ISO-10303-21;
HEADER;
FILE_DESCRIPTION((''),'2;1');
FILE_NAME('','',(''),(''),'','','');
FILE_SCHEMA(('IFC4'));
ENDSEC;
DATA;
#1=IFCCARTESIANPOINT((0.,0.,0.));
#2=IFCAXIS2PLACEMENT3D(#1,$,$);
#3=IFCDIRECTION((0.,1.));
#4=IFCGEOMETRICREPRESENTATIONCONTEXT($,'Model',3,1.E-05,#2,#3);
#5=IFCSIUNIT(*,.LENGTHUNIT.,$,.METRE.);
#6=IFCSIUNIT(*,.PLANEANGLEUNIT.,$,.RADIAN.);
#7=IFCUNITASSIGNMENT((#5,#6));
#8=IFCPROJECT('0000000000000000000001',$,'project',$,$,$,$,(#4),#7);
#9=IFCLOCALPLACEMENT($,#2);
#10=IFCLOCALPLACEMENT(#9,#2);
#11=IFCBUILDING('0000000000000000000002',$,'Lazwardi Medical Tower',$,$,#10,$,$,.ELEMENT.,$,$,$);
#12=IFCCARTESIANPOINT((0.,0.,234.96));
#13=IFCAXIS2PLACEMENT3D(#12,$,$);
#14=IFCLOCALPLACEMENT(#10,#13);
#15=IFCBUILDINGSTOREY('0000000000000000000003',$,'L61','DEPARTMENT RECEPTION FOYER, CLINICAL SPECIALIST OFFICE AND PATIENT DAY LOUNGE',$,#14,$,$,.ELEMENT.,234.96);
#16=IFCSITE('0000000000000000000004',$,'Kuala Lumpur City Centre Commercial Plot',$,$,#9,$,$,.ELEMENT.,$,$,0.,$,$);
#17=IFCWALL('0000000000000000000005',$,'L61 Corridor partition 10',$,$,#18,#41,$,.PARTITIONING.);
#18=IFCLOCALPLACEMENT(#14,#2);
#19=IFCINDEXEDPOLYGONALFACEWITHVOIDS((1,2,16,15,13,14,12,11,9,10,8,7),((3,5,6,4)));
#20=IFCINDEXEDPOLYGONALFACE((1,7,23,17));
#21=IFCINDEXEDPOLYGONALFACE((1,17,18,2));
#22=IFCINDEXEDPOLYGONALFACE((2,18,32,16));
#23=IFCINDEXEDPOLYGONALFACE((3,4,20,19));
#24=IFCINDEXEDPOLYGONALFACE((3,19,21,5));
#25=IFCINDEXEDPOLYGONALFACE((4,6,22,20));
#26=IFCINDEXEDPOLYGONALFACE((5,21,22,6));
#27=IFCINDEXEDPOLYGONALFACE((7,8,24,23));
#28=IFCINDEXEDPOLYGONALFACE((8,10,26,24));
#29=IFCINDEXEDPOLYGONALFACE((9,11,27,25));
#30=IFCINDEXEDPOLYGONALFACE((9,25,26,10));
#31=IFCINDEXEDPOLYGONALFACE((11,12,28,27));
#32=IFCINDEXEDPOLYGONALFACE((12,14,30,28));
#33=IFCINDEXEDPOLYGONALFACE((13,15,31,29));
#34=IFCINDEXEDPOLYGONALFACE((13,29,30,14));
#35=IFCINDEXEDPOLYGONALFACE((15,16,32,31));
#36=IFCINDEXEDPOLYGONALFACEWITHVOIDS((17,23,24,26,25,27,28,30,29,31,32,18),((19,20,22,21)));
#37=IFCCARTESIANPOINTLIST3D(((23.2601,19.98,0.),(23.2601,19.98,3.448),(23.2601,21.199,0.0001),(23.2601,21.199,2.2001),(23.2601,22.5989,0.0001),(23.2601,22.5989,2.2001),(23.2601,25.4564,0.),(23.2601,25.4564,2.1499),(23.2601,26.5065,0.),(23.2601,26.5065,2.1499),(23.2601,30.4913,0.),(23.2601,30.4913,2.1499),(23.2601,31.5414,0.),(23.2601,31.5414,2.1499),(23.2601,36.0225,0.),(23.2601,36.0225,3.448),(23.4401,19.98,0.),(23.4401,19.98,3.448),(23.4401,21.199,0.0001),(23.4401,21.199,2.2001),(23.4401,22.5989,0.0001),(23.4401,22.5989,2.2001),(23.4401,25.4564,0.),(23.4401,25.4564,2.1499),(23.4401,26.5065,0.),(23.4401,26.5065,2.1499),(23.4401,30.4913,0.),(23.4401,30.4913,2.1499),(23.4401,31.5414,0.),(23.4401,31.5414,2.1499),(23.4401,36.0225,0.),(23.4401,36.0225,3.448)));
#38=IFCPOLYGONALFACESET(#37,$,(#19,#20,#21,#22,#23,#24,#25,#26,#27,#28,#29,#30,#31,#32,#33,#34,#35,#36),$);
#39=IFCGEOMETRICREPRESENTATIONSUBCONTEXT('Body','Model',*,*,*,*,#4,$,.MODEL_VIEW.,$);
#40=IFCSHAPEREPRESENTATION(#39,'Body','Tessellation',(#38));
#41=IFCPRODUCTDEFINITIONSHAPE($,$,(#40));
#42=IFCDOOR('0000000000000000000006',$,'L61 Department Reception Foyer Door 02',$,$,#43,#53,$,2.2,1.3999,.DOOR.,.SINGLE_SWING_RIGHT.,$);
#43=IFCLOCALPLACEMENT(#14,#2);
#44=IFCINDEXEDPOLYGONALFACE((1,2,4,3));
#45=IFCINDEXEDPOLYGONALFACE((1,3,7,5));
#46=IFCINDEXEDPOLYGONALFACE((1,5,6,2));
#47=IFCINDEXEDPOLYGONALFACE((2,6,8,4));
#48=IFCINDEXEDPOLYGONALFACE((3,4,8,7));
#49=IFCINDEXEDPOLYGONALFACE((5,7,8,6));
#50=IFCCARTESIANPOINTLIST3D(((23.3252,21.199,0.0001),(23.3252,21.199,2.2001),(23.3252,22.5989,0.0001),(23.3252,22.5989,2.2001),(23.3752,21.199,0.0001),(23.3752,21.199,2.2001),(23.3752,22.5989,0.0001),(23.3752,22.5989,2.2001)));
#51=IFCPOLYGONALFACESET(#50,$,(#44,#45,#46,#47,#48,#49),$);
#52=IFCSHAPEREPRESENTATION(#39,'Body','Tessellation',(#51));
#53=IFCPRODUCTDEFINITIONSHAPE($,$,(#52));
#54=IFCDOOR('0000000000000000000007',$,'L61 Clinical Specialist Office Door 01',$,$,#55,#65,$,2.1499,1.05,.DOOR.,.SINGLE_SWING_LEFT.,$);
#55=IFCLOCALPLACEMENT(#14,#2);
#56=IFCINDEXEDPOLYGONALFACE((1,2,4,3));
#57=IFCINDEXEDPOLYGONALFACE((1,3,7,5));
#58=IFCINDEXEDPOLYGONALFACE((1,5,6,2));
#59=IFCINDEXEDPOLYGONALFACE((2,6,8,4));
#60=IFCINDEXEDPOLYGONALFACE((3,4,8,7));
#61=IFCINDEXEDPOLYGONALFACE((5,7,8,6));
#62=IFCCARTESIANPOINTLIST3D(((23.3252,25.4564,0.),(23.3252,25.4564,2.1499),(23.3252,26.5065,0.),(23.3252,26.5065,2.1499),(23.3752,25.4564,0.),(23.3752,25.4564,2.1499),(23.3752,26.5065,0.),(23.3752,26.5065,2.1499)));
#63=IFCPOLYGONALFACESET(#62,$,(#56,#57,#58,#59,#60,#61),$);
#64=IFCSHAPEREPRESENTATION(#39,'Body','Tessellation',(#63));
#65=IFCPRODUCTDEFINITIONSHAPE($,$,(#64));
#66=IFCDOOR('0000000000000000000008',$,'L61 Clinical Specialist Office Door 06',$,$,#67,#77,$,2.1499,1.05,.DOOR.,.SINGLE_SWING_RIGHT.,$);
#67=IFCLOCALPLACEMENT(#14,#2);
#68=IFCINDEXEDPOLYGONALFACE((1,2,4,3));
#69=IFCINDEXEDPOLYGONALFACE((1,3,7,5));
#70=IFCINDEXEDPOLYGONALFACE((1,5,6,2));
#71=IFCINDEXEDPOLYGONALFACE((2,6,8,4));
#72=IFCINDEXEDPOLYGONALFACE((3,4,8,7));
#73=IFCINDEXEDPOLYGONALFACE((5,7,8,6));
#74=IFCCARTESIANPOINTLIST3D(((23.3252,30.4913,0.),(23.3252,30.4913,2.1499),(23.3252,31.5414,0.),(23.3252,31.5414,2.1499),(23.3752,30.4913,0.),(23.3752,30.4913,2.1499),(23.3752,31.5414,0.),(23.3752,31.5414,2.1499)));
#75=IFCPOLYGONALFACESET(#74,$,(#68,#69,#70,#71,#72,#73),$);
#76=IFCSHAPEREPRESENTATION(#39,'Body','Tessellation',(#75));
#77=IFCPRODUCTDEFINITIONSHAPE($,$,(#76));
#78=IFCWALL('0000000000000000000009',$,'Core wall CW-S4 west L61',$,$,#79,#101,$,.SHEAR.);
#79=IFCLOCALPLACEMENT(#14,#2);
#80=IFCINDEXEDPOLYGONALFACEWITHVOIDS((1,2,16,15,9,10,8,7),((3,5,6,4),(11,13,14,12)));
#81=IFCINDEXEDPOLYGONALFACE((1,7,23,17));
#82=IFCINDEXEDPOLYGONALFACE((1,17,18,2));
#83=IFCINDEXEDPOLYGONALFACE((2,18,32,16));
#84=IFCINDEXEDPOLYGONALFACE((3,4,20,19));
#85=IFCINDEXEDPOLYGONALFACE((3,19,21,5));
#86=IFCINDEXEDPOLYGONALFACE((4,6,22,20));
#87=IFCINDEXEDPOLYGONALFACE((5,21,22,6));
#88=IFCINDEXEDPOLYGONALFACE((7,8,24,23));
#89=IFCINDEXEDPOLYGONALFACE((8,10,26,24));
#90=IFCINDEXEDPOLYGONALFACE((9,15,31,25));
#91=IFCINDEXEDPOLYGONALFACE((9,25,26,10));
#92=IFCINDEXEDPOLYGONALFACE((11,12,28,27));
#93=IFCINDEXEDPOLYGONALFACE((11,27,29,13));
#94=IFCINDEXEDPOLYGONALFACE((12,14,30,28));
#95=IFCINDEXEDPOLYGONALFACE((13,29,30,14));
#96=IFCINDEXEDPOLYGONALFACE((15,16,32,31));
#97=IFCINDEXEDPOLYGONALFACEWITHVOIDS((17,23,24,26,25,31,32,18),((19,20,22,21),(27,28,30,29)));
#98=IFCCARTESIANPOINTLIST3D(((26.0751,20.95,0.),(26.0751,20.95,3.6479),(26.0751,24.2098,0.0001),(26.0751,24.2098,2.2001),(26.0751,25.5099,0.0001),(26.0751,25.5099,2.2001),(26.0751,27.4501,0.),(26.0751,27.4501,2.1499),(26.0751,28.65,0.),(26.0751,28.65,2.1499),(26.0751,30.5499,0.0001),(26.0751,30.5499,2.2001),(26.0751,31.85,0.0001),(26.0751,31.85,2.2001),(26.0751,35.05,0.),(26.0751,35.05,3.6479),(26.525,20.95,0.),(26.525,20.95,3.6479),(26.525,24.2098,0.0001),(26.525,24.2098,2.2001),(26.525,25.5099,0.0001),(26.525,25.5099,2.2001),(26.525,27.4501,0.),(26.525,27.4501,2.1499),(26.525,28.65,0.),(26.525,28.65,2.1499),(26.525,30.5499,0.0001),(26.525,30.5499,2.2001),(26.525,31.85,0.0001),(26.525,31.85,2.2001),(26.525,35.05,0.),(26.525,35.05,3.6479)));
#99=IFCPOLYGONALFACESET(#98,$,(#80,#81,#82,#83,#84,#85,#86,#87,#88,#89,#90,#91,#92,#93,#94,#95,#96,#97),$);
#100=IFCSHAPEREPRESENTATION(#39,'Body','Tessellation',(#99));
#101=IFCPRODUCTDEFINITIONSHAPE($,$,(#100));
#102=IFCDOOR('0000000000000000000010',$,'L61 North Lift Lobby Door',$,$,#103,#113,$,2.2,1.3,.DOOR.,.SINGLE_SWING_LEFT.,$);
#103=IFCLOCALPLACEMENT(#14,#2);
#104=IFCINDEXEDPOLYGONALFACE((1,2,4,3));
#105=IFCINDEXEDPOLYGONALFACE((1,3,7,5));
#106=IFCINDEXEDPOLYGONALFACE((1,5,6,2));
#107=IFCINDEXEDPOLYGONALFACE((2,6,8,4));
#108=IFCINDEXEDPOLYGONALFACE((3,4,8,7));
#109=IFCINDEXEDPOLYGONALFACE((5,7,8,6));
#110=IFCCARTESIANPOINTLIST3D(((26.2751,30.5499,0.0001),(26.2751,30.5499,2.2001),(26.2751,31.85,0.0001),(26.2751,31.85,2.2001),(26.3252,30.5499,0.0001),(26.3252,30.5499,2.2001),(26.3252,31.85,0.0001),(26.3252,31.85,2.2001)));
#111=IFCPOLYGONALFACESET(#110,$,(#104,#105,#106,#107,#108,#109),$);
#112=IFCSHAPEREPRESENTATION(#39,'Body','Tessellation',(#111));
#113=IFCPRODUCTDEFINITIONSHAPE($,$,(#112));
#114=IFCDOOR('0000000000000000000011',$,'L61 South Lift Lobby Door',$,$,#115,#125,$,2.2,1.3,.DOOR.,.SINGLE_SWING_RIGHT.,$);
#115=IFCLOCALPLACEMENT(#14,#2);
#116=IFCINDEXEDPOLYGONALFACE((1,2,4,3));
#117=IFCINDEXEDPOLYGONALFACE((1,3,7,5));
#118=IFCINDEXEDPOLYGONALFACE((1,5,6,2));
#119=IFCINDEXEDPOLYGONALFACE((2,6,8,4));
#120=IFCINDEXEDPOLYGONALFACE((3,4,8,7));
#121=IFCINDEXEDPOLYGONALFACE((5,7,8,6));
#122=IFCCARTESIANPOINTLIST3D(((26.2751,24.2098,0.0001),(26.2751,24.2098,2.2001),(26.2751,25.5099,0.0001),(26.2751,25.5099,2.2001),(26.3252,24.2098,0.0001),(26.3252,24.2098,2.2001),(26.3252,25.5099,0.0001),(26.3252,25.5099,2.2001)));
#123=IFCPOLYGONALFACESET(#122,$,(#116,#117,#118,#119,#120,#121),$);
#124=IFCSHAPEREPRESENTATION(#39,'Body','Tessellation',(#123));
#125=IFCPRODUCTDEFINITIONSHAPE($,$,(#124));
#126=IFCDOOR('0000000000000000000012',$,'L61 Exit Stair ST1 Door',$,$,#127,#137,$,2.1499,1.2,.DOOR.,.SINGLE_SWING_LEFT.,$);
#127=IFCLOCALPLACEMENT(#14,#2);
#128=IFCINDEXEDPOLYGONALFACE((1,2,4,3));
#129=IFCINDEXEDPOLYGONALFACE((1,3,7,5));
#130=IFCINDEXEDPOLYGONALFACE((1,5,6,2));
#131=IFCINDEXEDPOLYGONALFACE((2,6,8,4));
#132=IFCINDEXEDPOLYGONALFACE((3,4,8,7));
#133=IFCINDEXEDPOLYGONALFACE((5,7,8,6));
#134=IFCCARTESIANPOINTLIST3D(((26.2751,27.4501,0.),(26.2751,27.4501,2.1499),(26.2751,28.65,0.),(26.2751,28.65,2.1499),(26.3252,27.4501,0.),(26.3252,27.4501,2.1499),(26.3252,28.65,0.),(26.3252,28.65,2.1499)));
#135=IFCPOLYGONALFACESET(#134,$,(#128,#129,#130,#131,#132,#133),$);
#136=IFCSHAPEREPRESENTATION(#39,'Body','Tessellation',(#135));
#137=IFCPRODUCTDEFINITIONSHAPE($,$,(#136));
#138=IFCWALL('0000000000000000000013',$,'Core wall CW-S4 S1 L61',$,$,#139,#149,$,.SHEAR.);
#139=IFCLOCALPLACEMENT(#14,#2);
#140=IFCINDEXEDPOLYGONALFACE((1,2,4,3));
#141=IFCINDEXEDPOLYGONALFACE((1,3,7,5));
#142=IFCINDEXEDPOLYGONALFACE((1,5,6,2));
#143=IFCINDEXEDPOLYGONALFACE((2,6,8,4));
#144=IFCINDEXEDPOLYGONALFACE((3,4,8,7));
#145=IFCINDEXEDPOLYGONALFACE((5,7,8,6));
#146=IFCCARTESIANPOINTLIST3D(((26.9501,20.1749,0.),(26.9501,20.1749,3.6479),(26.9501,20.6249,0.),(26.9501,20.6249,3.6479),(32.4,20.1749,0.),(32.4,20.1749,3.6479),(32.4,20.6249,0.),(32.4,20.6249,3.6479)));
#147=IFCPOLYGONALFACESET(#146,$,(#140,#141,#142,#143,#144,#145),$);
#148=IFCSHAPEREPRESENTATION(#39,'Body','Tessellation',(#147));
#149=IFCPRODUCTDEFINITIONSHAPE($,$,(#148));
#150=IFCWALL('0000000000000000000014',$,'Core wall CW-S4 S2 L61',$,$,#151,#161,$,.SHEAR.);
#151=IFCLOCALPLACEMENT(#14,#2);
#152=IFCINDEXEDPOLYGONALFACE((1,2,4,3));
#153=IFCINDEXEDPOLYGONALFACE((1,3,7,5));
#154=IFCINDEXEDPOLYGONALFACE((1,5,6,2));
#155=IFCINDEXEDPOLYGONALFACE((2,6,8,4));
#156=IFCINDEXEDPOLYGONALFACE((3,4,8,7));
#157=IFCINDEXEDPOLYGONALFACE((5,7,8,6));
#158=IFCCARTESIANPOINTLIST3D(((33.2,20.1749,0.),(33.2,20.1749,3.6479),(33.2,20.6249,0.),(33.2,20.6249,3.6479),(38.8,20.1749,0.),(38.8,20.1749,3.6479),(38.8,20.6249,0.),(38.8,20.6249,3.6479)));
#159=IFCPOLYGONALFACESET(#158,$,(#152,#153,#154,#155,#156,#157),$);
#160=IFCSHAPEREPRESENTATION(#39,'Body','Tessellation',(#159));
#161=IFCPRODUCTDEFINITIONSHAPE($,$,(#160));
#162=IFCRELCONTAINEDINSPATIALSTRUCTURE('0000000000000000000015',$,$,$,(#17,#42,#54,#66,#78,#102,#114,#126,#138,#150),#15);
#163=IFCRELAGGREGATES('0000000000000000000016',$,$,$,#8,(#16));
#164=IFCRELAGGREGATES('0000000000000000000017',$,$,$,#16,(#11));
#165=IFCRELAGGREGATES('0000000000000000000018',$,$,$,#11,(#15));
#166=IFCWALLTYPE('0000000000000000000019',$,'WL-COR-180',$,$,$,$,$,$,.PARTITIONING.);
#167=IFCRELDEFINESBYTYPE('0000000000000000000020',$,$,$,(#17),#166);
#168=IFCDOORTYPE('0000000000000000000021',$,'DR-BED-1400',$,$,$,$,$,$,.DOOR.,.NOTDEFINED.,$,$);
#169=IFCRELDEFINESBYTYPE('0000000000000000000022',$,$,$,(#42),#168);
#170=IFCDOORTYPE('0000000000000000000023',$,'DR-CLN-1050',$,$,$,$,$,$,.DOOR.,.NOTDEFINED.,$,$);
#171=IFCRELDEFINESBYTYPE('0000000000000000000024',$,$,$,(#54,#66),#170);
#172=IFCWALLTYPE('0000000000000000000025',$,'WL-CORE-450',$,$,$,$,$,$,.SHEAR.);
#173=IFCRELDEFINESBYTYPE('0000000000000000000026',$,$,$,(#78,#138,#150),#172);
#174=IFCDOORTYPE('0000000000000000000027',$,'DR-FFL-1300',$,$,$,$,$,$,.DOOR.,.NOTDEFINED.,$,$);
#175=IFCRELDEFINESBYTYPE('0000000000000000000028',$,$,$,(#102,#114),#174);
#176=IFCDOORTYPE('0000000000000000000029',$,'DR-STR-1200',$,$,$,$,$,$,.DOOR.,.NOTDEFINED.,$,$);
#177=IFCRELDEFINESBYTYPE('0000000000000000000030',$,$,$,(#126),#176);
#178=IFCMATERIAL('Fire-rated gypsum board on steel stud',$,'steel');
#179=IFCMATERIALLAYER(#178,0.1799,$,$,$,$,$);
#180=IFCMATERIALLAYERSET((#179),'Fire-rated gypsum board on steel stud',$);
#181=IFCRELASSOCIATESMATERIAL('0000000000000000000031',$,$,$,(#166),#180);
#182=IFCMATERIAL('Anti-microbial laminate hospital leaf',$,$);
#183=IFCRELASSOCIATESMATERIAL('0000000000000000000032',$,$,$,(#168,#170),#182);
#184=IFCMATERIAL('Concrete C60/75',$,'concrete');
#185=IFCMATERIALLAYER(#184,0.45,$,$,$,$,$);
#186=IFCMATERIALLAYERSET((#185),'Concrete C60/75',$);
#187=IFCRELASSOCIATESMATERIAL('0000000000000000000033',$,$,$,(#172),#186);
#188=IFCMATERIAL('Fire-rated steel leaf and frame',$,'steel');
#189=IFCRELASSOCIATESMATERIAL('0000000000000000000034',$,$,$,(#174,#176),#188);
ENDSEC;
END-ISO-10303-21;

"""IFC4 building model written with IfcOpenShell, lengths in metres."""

from ifc_helpers import new_model, si_unit, direction, frame, frame_2d, origin, place, context, subcontext, project, spatial, rectangle, extrude, material, layer, layer_set, type_object, element, fill, save


model = new_model("IFC4")

# Units and contexts
model_context = context("Model", 3, precision=1e-05, world=origin(), true_north=direction((0.0, 1.0)))
body_context = subcontext(model_context, "Body", "Model", "MODEL_VIEW")
ifc_project = project(units=[si_unit("LENGTHUNIT", "METRE"), si_unit("PLANEANGLEUNIT", "RADIAN")], contexts=[model_context])

# Site, building, storey
site_placement = place(None, origin())
site = spatial("IfcSite", under=ifc_project, at=site_placement, Name="Kuala Lumpur City Centre Commercial Plot", CompositionType="ELEMENT", RefElevation=0.0)
building_placement = place(site_placement, origin())
building = spatial("IfcBuilding", under=site, at=building_placement, Name="Lazwardi Medical Tower", CompositionType="ELEMENT")
storey_placement = place(building_placement, frame((0.0, 0.0, 234.96)))
storey = spatial("IfcBuildingStorey", under=building, at=storey_placement, Name="L61", Description="DEPARTMENT RECEPTION FOYER, CLINICAL SPECIALIST OFFICE AND PATIENT DAY LOUNGE", CompositionType="ELEMENT", Elevation=234.96)

# Shared definitions
ifc_material_1 = material(Name="Concrete C60/75", Category="concrete")

# Shared definitions
ifc_material_2 = material(Name="Fire-rated gypsum board on steel stud", Category="steel")
ifc_layer_1 = layer(ifc_material_2, 0.1799)
ifc_layer_set_1 = layer_set([ifc_layer_1], Name="Fire-rated gypsum board on steel stud")
wall_type_1 = type_object("IfcWallType", Name="WL-COR-180", PredefinedType="PARTITIONING", material=ifc_layer_set_1)

# Walls, openings, doors
wall_1_placement = place(storey_placement, frame((23.3501, 19.98, 0.0), z_axis=(0.0, 0.0, 1.0), x_axis=(0.0, 1.0, 0.0)))
wall_1 = element("IfcWall", 1, at=wall_1_placement, inside=storey, type_object=wall_type_1, Name="L61 Corridor partition 10", PredefinedType="PARTITIONING", context=body_context, shape_type="SweptSolid", body=[
    extrude(rectangle(XDim=16.0425, YDim=0.1799, at=frame_2d((8.0212, 0.0))), origin(), (0.0, 0.0, 1.0), 3.448),
])
opening_1_placement = place(wall_1_placement, frame((5.4766, 0.0, 0.0)))
opening_1 = element("IfcOpeningElement", 2, at=opening_1_placement, cuts=wall_1, PredefinedType="OPENING", context=body_context, shape_type="SweptSolid", body=[
    extrude(rectangle(XDim=1.05, YDim=2.1499, at=frame_2d((0.5249, 1.075))), frame((0.0, 0.0999, 0.0), z_axis=(0.0, -1.0, 0.0), x_axis=(1.0, 0.0, 0.0)), (0.0, 0.0, 1.0), 0.2),
])
opening_2_placement = place(wall_1_placement, frame((1.219, 0.0, 0.0)))
opening_2 = element("IfcOpeningElement", 3, at=opening_2_placement, cuts=wall_1, PredefinedType="OPENING", context=body_context, shape_type="SweptSolid", body=[
    extrude(rectangle(XDim=1.3999, YDim=2.2, at=frame_2d((0.7, 1.1001))), frame((0.0, 0.0999, 0.0), z_axis=(0.0, -1.0, 0.0), x_axis=(1.0, 0.0, 0.0)), (0.0, 0.0, 1.0), 0.2),
])
opening_3_placement = place(wall_1_placement, frame((10.5115, 0.0, 0.0)))
opening_3 = element("IfcOpeningElement", 4, at=opening_3_placement, cuts=wall_1, PredefinedType="OPENING", context=body_context, shape_type="SweptSolid", body=[
    extrude(rectangle(XDim=1.05, YDim=2.1499, at=frame_2d((0.5249, 1.075))), frame((0.0, 0.0999, 0.0), z_axis=(0.0, -1.0, 0.0), x_axis=(1.0, 0.0, 0.0)), (0.0, 0.0, 1.0), 0.2),
])
ifc_material_3 = material(Name="Anti-microbial laminate hospital leaf")
door_type_1 = type_object("IfcDoorType", Name="DR-BED-1400", OperationType="NOTDEFINED", PredefinedType="DOOR", material=ifc_material_3)
door_1_placement = place(opening_2_placement, origin())
door_1 = element("IfcDoor", 5, at=door_1_placement, inside=storey, type_object=door_type_1, Name="L61 Department Reception Foyer Door 02", OperationType="SINGLE_SWING_RIGHT", OverallHeight=2.2, OverallWidth=1.3999, PredefinedType="DOOR", context=body_context, shape_type="SweptSolid", body=[
    extrude(rectangle(XDim=1.3999, YDim=2.2, at=frame_2d((0.7, 1.1001))), frame((0.0, 0.0249, 0.0), z_axis=(0.0, -1.0, 0.0), x_axis=(1.0, 0.0, 0.0)), (0.0, 0.0, 1.0), 0.05),
])
fill(opening_2, door_1)
door_type_2 = type_object("IfcDoorType", Name="DR-CLN-1050", OperationType="NOTDEFINED", PredefinedType="DOOR", material=ifc_material_3)
door_2_placement = place(opening_1_placement, origin())
door_2 = element("IfcDoor", 6, at=door_2_placement, inside=storey, type_object=door_type_2, Name="L61 Clinical Specialist Office Door 01", OperationType="SINGLE_SWING_LEFT", OverallHeight=2.1499, OverallWidth=1.05, PredefinedType="DOOR", context=body_context, shape_type="SweptSolid", body=[
    extrude(rectangle(XDim=1.05, YDim=2.1499, at=frame_2d((0.5249, 1.075))), frame((0.0, 0.0249, 0.0), z_axis=(0.0, -1.0, 0.0), x_axis=(1.0, 0.0, 0.0)), (0.0, 0.0, 1.0), 0.05),
])
fill(opening_1, door_2)
door_3_placement = place(opening_3_placement, origin())
door_3 = element("IfcDoor", 7, at=door_3_placement, inside=storey, type_object=door_type_2, Name="L61 Clinical Specialist Office Door 06", OperationType="SINGLE_SWING_RIGHT", OverallHeight=2.1499, OverallWidth=1.05, PredefinedType="DOOR", context=body_context, shape_type="SweptSolid", body=[
    extrude(rectangle(XDim=1.05, YDim=2.1499, at=frame_2d((0.5249, 1.075))), frame((0.0, 0.0249, 0.0), z_axis=(0.0, -1.0, 0.0), x_axis=(1.0, 0.0, 0.0)), (0.0, 0.0, 1.0), 0.05),
])
fill(opening_3, door_3)
ifc_layer_2 = layer(ifc_material_1, 0.45)
ifc_layer_set_2 = layer_set([ifc_layer_2], Name="Concrete C60/75")
wall_type_2 = type_object("IfcWallType", Name="WL-CORE-450", PredefinedType="SHEAR", material=ifc_layer_set_2)
wall_2_placement = place(storey_placement, frame((26.3, 20.95, 0.0), z_axis=(0.0, 0.0, 1.0), x_axis=(0.0, 1.0, 0.0)))
wall_2 = element("IfcWall", 8, at=wall_2_placement, inside=storey, type_object=wall_type_2, Name="Core wall CW-S4 west L61", PredefinedType="SHEAR", context=body_context, shape_type="SweptSolid", body=[
    extrude(rectangle(XDim=14.1001, YDim=0.45, at=frame_2d((7.05, 0.0))), origin(), (0.0, 0.0, 1.0), 3.6479),
])
opening_4_placement = place(wall_2_placement, frame((6.5, 0.0, 0.0)))
opening_4 = element("IfcOpeningElement", 9, at=opening_4_placement, cuts=wall_2, PredefinedType="OPENING", context=body_context, shape_type="SweptSolid", body=[
    extrude(rectangle(XDim=1.2, YDim=2.1499, at=frame_2d((0.6001, 1.075))), frame((0.0, 0.2349, 0.0), z_axis=(0.0, -1.0, 0.0), x_axis=(1.0, 0.0, 0.0)), (0.0, 0.0, 1.0), 0.47),
])
opening_5_placement = place(wall_2_placement, frame((9.6001, 0.0, 0.0)))
opening_5 = element("IfcOpeningElement", 10, at=opening_5_placement, cuts=wall_2, PredefinedType="OPENING", context=body_context, shape_type="SweptSolid", body=[
    extrude(rectangle(XDim=1.3, YDim=2.2, at=frame_2d((0.6499, 1.1001))), frame((0.0, 0.2349, 0.0), z_axis=(0.0, -1.0, 0.0), x_axis=(1.0, 0.0, 0.0)), (0.0, 0.0, 1.0), 0.47),
])
opening_6_placement = place(wall_2_placement, frame((3.26, 0.0, 0.0)))
opening_6 = element("IfcOpeningElement", 11, at=opening_6_placement, cuts=wall_2, PredefinedType="OPENING", context=body_context, shape_type="SweptSolid", body=[
    extrude(rectangle(XDim=1.3, YDim=2.2, at=frame_2d((0.6499, 1.1001))), frame((0.0, 0.2349, 0.0), z_axis=(0.0, -1.0, 0.0), x_axis=(1.0, 0.0, 0.0)), (0.0, 0.0, 1.0), 0.47),
])
ifc_material_4 = material(Name="Fire-rated steel leaf and frame", Category="steel")
door_type_3 = type_object("IfcDoorType", Name="DR-FFL-1300", OperationType="NOTDEFINED", PredefinedType="DOOR", material=ifc_material_4)
door_4_placement = place(opening_5_placement, origin())
door_4 = element("IfcDoor", 12, at=door_4_placement, inside=storey, type_object=door_type_3, Name="L61 North Lift Lobby Door", OperationType="SINGLE_SWING_LEFT", OverallHeight=2.2, OverallWidth=1.3, PredefinedType="DOOR", context=body_context, shape_type="SweptSolid", body=[
    extrude(rectangle(XDim=1.3, YDim=2.2, at=frame_2d((0.6499, 1.1001))), frame((0.0, 0.0249, 0.0), z_axis=(0.0, -1.0, 0.0), x_axis=(1.0, 0.0, 0.0)), (0.0, 0.0, 1.0), 0.05),
])
fill(opening_5, door_4)
door_5_placement = place(opening_6_placement, origin())
door_5 = element("IfcDoor", 13, at=door_5_placement, inside=storey, type_object=door_type_3, Name="L61 South Lift Lobby Door", OperationType="SINGLE_SWING_RIGHT", OverallHeight=2.2, OverallWidth=1.3, PredefinedType="DOOR", context=body_context, shape_type="SweptSolid", body=[
    extrude(rectangle(XDim=1.3, YDim=2.2, at=frame_2d((0.6499, 1.1001))), frame((0.0, 0.0249, 0.0), z_axis=(0.0, -1.0, 0.0), x_axis=(1.0, 0.0, 0.0)), (0.0, 0.0, 1.0), 0.05),
])
fill(opening_6, door_5)
door_type_4 = type_object("IfcDoorType", Name="DR-STR-1200", OperationType="NOTDEFINED", PredefinedType="DOOR", material=ifc_material_4)
door_6_placement = place(opening_4_placement, origin())
door_6 = element("IfcDoor", 14, at=door_6_placement, inside=storey, type_object=door_type_4, Name="L61 Exit Stair ST1 Door", OperationType="SINGLE_SWING_LEFT", OverallHeight=2.1499, OverallWidth=1.2, PredefinedType="DOOR", context=body_context, shape_type="SweptSolid", body=[
    extrude(rectangle(XDim=1.2, YDim=2.1499, at=frame_2d((0.6001, 1.075))), frame((0.0, 0.0249, 0.0), z_axis=(0.0, -1.0, 0.0), x_axis=(1.0, 0.0, 0.0)), (0.0, 0.0, 1.0), 0.05),
])
fill(opening_4, door_6)

# Walls
wall_3_placement = place(storey_placement, frame((26.95, 20.3999, 0.0), z_axis=(0.0, 0.0, 1.0), x_axis=(1.0, 0.0, 0.0)))
element("IfcWall", 15, at=wall_3_placement, inside=storey, type_object=wall_type_2, Name="Core wall CW-S4 S1 L61", PredefinedType="SHEAR", context=body_context, shape_type="SweptSolid", body=[
    extrude(rectangle(XDim=5.45, YDim=0.45, at=frame_2d((2.7251, 0.0))), origin(), (0.0, 0.0, 1.0), 3.6479),
])
wall_4_placement = place(storey_placement, frame((33.2, 20.3999, 0.0), z_axis=(0.0, 0.0, 1.0), x_axis=(1.0, 0.0, 0.0)))
element("IfcWall", 16, at=wall_4_placement, inside=storey, type_object=wall_type_2, Name="Core wall CW-S4 S2 L61", PredefinedType="SHEAR", context=body_context, shape_type="SweptSolid", body=[
    extrude(rectangle(XDim=5.6001, YDim=0.45, at=frame_2d((2.8, 0.0))), origin(), (0.0, 0.0, 1.0), 3.6479),
])

save(model, "model.ifc")
